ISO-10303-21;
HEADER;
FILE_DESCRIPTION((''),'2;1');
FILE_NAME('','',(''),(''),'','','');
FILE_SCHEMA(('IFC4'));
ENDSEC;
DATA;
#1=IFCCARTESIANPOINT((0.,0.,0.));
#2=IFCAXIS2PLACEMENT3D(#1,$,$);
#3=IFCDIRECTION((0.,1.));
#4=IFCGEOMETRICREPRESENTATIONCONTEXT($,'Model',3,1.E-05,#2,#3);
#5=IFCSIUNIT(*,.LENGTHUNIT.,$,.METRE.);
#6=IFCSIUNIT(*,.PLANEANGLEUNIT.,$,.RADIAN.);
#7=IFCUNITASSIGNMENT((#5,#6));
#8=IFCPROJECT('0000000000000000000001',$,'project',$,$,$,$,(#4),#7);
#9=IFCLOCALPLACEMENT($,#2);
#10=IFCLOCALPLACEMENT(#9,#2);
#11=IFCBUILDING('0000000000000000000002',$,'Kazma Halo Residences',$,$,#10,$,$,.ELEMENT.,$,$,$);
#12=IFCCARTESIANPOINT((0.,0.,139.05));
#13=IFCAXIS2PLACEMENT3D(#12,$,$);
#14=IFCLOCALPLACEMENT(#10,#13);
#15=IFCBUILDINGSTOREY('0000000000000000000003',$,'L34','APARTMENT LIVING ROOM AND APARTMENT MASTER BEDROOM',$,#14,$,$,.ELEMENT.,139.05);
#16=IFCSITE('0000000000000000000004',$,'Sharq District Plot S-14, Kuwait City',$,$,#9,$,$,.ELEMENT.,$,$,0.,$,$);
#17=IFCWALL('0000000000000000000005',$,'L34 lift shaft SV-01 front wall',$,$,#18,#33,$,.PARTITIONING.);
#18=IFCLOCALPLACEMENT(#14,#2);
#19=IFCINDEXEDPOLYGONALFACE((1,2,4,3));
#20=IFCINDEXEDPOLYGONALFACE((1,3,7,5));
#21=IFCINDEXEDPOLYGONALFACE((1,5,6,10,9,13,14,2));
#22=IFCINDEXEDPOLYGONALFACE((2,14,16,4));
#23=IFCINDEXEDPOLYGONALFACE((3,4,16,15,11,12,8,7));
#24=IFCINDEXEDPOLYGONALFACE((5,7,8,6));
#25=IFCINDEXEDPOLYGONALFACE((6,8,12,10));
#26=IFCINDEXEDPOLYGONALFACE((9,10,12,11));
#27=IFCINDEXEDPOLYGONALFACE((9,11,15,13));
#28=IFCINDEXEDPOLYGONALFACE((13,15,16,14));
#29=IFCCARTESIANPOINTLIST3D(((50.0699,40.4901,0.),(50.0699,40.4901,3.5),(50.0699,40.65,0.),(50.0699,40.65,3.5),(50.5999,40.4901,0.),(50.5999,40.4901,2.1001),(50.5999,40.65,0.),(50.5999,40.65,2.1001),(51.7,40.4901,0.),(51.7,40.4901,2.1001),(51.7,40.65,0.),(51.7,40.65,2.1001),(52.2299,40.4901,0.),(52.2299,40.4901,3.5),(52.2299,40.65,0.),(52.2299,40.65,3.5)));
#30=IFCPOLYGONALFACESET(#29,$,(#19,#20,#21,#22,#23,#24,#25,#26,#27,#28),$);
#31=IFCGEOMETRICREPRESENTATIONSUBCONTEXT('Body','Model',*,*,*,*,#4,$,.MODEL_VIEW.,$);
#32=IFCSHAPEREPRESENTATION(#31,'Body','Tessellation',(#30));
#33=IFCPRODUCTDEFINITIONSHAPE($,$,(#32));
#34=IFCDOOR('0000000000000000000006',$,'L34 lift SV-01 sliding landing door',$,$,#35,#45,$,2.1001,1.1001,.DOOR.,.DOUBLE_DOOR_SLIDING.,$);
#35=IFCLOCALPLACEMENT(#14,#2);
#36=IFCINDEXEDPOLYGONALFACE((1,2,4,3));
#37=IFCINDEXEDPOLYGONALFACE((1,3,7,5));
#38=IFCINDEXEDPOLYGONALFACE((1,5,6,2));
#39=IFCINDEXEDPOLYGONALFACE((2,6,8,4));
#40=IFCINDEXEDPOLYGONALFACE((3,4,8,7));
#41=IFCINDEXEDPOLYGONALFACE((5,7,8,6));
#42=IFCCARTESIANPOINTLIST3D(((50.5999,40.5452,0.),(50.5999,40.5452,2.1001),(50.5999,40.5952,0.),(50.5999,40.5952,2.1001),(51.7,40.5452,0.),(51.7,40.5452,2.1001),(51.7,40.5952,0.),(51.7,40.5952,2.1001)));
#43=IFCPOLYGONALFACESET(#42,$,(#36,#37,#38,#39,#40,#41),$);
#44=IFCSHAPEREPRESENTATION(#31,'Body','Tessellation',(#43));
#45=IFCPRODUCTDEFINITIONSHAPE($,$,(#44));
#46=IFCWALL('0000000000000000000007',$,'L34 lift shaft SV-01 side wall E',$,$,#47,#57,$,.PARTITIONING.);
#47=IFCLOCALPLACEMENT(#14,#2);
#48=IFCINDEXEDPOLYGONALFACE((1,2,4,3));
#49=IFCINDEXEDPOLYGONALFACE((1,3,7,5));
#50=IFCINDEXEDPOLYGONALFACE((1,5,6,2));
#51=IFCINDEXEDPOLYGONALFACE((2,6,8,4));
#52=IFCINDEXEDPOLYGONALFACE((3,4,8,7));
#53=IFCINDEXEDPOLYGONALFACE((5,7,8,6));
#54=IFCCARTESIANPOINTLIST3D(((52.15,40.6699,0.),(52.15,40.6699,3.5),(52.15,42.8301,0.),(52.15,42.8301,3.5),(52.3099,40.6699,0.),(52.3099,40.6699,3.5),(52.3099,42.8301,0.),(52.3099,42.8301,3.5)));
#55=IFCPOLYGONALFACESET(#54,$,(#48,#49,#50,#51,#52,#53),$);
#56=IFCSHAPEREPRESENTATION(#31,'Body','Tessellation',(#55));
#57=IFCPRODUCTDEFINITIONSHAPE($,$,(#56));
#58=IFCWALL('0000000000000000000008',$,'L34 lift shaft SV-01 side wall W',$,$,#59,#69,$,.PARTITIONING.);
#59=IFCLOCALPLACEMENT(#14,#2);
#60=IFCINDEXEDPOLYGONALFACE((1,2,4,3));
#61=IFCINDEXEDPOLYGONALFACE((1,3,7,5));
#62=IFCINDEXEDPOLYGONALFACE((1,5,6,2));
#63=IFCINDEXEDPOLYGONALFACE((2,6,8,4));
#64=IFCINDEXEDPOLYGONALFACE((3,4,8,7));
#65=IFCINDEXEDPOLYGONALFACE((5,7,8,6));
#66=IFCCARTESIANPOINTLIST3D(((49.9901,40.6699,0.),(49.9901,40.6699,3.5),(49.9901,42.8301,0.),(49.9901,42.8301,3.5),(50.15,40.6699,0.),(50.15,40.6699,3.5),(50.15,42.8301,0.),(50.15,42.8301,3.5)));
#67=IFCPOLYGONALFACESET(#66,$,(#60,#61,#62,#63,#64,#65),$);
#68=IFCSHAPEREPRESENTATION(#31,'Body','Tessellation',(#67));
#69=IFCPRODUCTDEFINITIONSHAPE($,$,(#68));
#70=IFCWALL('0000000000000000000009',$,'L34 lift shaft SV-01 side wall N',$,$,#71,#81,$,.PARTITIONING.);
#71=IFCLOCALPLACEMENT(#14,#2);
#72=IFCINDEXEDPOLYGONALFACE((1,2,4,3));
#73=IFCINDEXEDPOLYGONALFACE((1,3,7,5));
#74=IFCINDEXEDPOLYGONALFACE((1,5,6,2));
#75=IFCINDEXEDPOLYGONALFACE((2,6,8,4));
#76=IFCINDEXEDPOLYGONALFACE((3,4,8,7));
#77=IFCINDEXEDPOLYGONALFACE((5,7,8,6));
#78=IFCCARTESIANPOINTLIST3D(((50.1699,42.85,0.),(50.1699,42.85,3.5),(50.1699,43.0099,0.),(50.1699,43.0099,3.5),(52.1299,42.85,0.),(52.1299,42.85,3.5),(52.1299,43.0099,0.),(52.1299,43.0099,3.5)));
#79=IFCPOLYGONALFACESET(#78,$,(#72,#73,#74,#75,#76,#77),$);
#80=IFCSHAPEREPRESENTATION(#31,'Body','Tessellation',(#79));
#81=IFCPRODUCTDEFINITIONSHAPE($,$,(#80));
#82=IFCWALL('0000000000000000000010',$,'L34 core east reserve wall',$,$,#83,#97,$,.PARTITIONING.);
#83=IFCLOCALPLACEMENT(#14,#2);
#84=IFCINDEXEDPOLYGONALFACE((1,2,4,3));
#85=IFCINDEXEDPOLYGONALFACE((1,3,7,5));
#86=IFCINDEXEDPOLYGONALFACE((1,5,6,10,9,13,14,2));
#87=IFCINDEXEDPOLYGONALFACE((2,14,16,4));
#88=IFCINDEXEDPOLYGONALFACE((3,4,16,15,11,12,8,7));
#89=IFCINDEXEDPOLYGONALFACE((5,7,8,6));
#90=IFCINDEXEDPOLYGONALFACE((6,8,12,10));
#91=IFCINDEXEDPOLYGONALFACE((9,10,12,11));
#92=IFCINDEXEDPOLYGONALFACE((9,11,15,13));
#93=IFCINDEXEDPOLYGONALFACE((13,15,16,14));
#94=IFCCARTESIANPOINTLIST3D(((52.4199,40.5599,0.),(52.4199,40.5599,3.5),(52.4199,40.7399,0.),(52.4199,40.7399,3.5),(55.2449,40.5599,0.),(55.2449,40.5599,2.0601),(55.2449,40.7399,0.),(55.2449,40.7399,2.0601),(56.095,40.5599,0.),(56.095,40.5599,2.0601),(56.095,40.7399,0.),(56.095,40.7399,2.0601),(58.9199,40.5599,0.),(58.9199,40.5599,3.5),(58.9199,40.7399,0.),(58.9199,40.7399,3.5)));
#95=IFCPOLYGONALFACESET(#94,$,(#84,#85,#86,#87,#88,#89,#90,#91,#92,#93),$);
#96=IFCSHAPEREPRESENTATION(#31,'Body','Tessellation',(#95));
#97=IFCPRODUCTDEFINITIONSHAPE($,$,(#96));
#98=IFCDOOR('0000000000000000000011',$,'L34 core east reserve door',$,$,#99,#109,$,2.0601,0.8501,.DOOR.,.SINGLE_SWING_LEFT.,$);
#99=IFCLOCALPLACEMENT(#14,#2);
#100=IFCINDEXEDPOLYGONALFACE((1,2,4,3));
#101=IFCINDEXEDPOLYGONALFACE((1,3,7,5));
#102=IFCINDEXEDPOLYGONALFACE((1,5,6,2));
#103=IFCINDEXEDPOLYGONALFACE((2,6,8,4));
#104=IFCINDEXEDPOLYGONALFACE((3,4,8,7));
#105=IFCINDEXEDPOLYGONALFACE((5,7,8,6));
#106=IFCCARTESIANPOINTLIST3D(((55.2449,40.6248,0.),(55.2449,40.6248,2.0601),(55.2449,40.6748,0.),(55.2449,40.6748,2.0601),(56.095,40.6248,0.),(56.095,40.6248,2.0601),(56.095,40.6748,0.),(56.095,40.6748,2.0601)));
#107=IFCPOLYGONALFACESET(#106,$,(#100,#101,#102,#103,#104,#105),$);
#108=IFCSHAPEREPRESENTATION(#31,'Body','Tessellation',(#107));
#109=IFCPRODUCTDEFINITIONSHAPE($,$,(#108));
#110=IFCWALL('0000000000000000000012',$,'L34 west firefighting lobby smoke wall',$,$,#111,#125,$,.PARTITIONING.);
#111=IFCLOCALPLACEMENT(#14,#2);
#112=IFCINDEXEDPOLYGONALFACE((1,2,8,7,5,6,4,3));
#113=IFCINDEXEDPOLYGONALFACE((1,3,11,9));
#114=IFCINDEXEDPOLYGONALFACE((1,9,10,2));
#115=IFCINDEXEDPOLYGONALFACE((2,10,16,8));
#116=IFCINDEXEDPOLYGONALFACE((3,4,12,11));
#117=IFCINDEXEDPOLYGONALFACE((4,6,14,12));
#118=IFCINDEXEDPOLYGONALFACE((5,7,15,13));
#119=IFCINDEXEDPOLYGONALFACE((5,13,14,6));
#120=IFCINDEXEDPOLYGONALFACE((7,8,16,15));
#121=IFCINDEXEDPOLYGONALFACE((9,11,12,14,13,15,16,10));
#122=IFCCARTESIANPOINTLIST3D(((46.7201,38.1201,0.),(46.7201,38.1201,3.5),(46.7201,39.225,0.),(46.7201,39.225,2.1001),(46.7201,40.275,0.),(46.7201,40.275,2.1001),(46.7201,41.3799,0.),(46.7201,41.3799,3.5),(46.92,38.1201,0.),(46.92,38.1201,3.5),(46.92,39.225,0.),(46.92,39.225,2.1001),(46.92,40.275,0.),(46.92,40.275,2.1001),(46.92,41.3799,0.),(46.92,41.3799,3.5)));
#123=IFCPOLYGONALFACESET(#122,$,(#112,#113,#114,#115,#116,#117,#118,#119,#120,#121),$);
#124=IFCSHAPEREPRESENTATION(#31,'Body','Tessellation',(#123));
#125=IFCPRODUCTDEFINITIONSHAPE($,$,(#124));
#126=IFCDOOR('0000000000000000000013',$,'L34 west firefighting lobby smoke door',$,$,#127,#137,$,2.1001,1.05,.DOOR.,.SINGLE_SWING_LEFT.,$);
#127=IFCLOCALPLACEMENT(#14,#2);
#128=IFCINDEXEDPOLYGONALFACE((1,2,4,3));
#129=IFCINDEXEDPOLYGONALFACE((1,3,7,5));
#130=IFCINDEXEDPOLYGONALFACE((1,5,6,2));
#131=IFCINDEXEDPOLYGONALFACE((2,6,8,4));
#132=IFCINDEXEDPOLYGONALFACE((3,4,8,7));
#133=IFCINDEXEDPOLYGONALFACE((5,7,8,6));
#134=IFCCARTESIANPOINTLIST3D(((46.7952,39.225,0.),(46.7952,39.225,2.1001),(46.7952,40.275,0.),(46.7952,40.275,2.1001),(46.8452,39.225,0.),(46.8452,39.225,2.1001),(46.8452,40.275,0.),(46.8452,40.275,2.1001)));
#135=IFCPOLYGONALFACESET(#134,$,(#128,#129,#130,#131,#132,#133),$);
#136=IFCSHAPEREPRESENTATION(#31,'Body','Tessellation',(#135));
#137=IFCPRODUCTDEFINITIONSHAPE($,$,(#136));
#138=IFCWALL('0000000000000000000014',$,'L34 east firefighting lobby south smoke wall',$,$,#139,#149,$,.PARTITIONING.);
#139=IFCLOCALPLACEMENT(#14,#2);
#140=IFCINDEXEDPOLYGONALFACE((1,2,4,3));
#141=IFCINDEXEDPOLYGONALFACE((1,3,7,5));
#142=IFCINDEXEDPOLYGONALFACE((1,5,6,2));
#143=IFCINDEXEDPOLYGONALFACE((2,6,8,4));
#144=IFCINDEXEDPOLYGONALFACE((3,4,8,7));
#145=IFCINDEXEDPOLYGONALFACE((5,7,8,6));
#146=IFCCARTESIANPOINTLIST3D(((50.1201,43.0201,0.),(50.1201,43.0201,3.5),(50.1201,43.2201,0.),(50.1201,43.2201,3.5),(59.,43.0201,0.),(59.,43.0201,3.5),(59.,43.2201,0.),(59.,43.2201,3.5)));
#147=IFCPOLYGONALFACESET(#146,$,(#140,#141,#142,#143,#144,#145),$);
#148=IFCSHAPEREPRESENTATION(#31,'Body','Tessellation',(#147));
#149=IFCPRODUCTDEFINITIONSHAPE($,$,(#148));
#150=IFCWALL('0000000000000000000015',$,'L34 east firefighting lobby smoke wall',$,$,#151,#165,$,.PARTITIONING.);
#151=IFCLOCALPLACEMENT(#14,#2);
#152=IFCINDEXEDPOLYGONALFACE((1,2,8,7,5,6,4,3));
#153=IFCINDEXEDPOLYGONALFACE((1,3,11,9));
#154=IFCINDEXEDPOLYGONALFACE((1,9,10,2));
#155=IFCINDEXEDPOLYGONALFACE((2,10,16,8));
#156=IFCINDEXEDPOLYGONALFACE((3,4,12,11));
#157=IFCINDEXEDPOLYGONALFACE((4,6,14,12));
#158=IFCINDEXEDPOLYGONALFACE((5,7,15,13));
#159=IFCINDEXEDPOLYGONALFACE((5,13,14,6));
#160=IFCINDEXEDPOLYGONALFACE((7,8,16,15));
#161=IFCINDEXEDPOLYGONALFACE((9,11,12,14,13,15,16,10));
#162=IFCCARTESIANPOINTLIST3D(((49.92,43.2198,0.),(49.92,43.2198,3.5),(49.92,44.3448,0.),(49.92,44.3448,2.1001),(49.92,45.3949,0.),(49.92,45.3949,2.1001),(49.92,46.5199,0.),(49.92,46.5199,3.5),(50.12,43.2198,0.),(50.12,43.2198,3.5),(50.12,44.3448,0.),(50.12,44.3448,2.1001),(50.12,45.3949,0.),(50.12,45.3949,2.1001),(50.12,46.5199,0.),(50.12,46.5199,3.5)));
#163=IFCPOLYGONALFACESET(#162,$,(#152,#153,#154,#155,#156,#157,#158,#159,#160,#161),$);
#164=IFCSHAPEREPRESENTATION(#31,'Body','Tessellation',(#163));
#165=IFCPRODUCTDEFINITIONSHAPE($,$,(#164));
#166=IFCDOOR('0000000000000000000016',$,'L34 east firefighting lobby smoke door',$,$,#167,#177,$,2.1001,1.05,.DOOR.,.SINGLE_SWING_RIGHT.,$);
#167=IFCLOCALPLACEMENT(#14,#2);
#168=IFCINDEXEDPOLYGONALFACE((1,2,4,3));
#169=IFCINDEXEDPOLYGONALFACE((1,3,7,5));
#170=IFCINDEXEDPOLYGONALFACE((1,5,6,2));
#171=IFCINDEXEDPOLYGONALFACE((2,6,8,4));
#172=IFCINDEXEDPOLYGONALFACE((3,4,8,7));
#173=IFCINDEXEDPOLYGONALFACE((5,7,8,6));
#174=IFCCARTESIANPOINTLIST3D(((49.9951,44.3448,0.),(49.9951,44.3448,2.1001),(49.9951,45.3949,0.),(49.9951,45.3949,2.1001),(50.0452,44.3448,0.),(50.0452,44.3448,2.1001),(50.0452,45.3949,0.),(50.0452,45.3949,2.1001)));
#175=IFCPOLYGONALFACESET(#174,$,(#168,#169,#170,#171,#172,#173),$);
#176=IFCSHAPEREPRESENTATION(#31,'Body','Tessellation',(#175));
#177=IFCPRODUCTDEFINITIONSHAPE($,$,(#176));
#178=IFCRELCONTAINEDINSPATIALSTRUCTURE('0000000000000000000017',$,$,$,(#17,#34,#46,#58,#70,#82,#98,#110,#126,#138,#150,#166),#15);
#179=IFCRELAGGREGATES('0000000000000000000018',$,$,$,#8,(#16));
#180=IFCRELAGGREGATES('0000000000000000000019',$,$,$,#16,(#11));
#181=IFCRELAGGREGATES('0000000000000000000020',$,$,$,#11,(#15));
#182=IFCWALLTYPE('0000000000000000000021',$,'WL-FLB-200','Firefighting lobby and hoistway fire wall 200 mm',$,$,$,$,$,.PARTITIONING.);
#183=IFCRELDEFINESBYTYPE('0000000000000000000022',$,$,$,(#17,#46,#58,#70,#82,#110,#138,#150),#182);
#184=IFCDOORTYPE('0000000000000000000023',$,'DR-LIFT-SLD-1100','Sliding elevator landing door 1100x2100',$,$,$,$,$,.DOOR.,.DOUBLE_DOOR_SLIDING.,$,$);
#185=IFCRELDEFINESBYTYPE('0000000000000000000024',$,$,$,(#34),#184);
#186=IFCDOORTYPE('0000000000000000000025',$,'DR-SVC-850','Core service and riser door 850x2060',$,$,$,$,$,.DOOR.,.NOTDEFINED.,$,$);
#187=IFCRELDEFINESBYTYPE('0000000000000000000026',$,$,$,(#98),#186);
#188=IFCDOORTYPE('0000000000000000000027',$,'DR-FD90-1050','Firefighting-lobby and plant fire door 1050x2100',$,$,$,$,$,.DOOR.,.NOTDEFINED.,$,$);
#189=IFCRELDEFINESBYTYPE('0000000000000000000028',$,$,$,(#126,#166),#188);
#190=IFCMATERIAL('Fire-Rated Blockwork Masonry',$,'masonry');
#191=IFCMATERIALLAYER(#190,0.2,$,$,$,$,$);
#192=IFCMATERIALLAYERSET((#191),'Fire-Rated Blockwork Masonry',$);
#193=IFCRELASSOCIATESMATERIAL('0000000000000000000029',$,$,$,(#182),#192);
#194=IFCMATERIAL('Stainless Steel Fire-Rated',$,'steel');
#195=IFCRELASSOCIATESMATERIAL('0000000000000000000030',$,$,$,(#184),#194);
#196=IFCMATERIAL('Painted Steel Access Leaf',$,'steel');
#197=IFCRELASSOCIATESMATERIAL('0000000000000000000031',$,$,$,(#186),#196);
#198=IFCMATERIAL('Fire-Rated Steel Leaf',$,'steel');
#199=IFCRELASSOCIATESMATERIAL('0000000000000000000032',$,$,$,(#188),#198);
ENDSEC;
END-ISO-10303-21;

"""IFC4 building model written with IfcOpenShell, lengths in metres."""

from ifc_helpers import new_model, si_unit, direction, frame, frame_2d, origin, place, context, subcontext, project, spatial, rectangle, extrude, material, layer, layer_set, type_object, element, fill, save


model = new_model("IFC4")

# Units and contexts
model_context = context("Model", 3, precision=1e-05, world=origin(), true_north=direction((0.0, 1.0)))
body_context = subcontext(model_context, "Body", "Model", "MODEL_VIEW")
ifc_project = project(units=[si_unit("LENGTHUNIT", "METRE"), si_unit("PLANEANGLEUNIT", "RADIAN")], contexts=[model_context])

# Site, building, storey
site_placement = place(None, origin())
site = spatial("IfcSite", under=ifc_project, at=site_placement, Name="Sharq District Plot S-14, Kuwait City", CompositionType="ELEMENT", RefElevation=0.0)
building_placement = place(site_placement, origin())
building = spatial("IfcBuilding", under=site, at=building_placement, Name="Kazma Halo Residences", CompositionType="ELEMENT")
storey_placement = place(building_placement, frame((0.0, 0.0, 139.05)))
storey = spatial("IfcBuildingStorey", under=building, at=storey_placement, Name="L34", Description="APARTMENT LIVING ROOM AND APARTMENT MASTER BEDROOM", CompositionType="ELEMENT", Elevation=139.05)

# Shared definitions
ifc_material_1 = material(Name="Fire-Rated Blockwork Masonry", Category="masonry")
ifc_layer_1 = layer(ifc_material_1, 0.2)
ifc_layer_set_1 = layer_set([ifc_layer_1], Name="Fire-Rated Blockwork Masonry")
wall_type_1 = type_object("IfcWallType", Name="WL-FLB-200", Description="Firefighting lobby and hoistway fire wall 200 mm", PredefinedType="PARTITIONING", material=ifc_layer_set_1)

# Wall, opening, door
wall_1_placement = place(storey_placement, frame((52.23, 40.5701, 0.0), z_axis=(0.0, 0.0, 1.0), x_axis=(-1.0, 0.0, 0.0)))
wall_1 = element("IfcWall", 1, at=wall_1_placement, inside=storey, type_object=wall_type_1, Name="L34 lift shaft SV-01 front wall", PredefinedType="PARTITIONING", context=body_context, shape_type="SweptSolid", body=[
    extrude(rectangle(XDim=2.1599, YDim=0.1599, at=frame_2d((1.0801, 0.0))), origin(), (0.0, 0.0, 1.0), 3.5),
])
opening_1_placement = place(wall_1_placement, frame((0.53, 0.0, 0.0)))
opening_1 = element("IfcOpeningElement", 2, at=opening_1_placement, cuts=wall_1, PredefinedType="OPENING", context=body_context, shape_type="SweptSolid", body=[
    extrude(rectangle(XDim=1.1001, YDim=2.1001, at=frame_2d((0.55, 1.05))), frame((0.0, 0.0898, 0.0), z_axis=(0.0, -1.0, 0.0), x_axis=(1.0, 0.0, 0.0)), (0.0, 0.0, 1.0), 0.1799),
])
ifc_material_2 = material(Name="Stainless Steel Fire-Rated", Category="steel")
door_type_1 = type_object("IfcDoorType", Name="DR-LIFT-SLD-1100", Description="Sliding elevator landing door 1100x2100", OperationType="DOUBLE_DOOR_SLIDING", PredefinedType="DOOR", material=ifc_material_2)
door_1_placement = place(opening_1_placement, origin())
door_1 = element("IfcDoor", 3, at=door_1_placement, inside=storey, type_object=door_type_1, Name="L34 lift SV-01 sliding landing door", OperationType="DOUBLE_DOOR_SLIDING", OverallHeight=2.1001, OverallWidth=1.1001, PredefinedType="DOOR", context=body_context, shape_type="SweptSolid", body=[
    extrude(rectangle(XDim=1.1001, YDim=2.1001, at=frame_2d((0.55, 1.05))), frame((0.0, 0.0249, 0.0), z_axis=(0.0, -1.0, 0.0), x_axis=(1.0, 0.0, 0.0)), (0.0, 0.0, 1.0), 0.05),
])
fill(opening_1, door_1)

# Walls
for number, where, z_axis, x_axis, name in (
    (4, (52.23, 40.6699, 0.0), (0.0, 0.0, 1.0), (0.0, 1.0, 0.0), "L34 lift shaft SV-01 side wall E"),
    (5, (50.0701, 40.6699, 0.0), (0.0, 0.0, 1.0), (0.0, 1.0, 0.0), "L34 lift shaft SV-01 side wall W"),
):
    element("IfcWall", number, at=place(storey_placement, frame(where, z_axis=z_axis, x_axis=x_axis)), inside=storey, type_object=wall_type_1, Name=name, PredefinedType="PARTITIONING", context=body_context, shape_type="SweptSolid", body=[
        extrude(rectangle(XDim=2.1602, YDim=0.1599, at=frame_2d((1.0801, 0.0))), origin(), (0.0, 0.0, 1.0), 3.5),
    ])
wall_2_placement = place(storey_placement, frame((50.1699, 42.9299, 0.0), z_axis=(0.0, 0.0, 1.0), x_axis=(1.0, 0.0, 0.0)))
element("IfcWall", 6, at=wall_2_placement, inside=storey, type_object=wall_type_1, Name="L34 lift shaft SV-01 side wall N", PredefinedType="PARTITIONING", context=body_context, shape_type="SweptSolid", body=[
    extrude(rectangle(XDim=1.96, YDim=0.1599, at=frame_2d((0.98, 0.0))), origin(), (0.0, 0.0, 1.0), 3.5),
])

# Walls, openings, doors
wall_3_placement = place(storey_placement, frame((52.4199, 40.6499, 0.0), z_axis=(0.0, 0.0, 1.0), x_axis=(1.0, 0.0, 0.0)))
wall_3 = element("IfcWall", 7, at=wall_3_placement, inside=storey, type_object=wall_type_1, Name="L34 core east reserve wall", PredefinedType="PARTITIONING", context=body_context, shape_type="SweptSolid", body=[
    extrude(rectangle(XDim=6.5, YDim=0.1799, at=frame_2d((3.25, 0.0))), origin(), (0.0, 0.0, 1.0), 3.5),
])
opening_2_placement = place(wall_3_placement, frame((2.825, 0.0, 0.0)))
opening_2 = element("IfcOpeningElement", 8, at=opening_2_placement, cuts=wall_3, PredefinedType="OPENING", context=body_context, shape_type="SweptSolid", body=[
    extrude(rectangle(XDim=0.8501, YDim=2.0601, at=frame_2d((0.425, 1.03))), frame((0.0, 0.0999, 0.0), z_axis=(0.0, -1.0, 0.0), x_axis=(1.0, 0.0, 0.0)), (0.0, 0.0, 1.0), 0.2),
])
ifc_material_3 = material(Name="Painted Steel Access Leaf", Category="steel")
door_type_2 = type_object("IfcDoorType", Name="DR-SVC-850", Description="Core service and riser door 850x2060", OperationType="NOTDEFINED", PredefinedType="DOOR", material=ifc_material_3)
door_2_placement = place(opening_2_placement, origin())
door_2 = element("IfcDoor", 9, at=door_2_placement, inside=storey, type_object=door_type_2, Name="L34 core east reserve door", OperationType="SINGLE_SWING_LEFT", OverallHeight=2.0601, OverallWidth=0.8501, PredefinedType="DOOR", context=body_context, shape_type="SweptSolid", body=[
    extrude(rectangle(XDim=0.8501, YDim=2.0601, at=frame_2d((0.425, 1.03))), frame((0.0, 0.0249, 0.0), z_axis=(0.0, -1.0, 0.0), x_axis=(1.0, 0.0, 0.0)), (0.0, 0.0, 1.0), 0.05),
])
fill(opening_2, door_2)
wall_4_placement = place(storey_placement, frame((46.8201, 38.1201, 0.0), z_axis=(0.0, 0.0, 1.0), x_axis=(0.0, 1.0, 0.0)))
wall_4 = element("IfcWall", 10, at=wall_4_placement, inside=storey, type_object=wall_type_1, Name="L34 west firefighting lobby smoke wall", PredefinedType="PARTITIONING", context=body_context, shape_type="SweptSolid", body=[
    extrude(rectangle(XDim=3.2598, YDim=0.2, at=frame_2d((1.6299, 0.0))), origin(), (0.0, 0.0, 1.0), 3.5),
])
opening_3_placement = place(wall_4_placement, frame((1.105, 0.0, 0.0)))
opening_3 = element("IfcOpeningElement", 11, at=opening_3_placement, cuts=wall_4, PredefinedType="OPENING", context=body_context, shape_type="SweptSolid", body=[
    extrude(rectangle(XDim=1.05, YDim=2.1001, at=frame_2d((0.5249, 1.05))), frame((0.0, 0.1099, 0.0), z_axis=(0.0, -1.0, 0.0), x_axis=(1.0, 0.0, 0.0)), (0.0, 0.0, 1.0), 0.22),
])
ifc_material_4 = material(Name="Fire-Rated Steel Leaf", Category="steel")
door_type_3 = type_object("IfcDoorType", Name="DR-FD90-1050", Description="Firefighting-lobby and plant fire door 1050x2100", OperationType="NOTDEFINED", PredefinedType="DOOR", material=ifc_material_4)
door_3_placement = place(opening_3_placement, origin())
door_3 = element("IfcDoor", 12, at=door_3_placement, inside=storey, type_object=door_type_3, Name="L34 west firefighting lobby smoke door", OperationType="SINGLE_SWING_LEFT", OverallHeight=2.1001, OverallWidth=1.05, PredefinedType="DOOR", context=body_context, shape_type="SweptSolid", body=[
    extrude(rectangle(XDim=1.05, YDim=2.1001, at=frame_2d((0.5249, 1.05))), frame((0.0, 0.0249, 0.0), z_axis=(0.0, -1.0, 0.0), x_axis=(1.0, 0.0, 0.0)), (0.0, 0.0, 1.0), 0.05),
])
fill(opening_3, door_3)

# Wall
wall_5_placement = place(storey_placement, frame((50.1201, 43.1201, 0.0), z_axis=(0.0, 0.0, 1.0), x_axis=(1.0, 0.0, 0.0)))
element("IfcWall", 13, at=wall_5_placement, inside=storey, type_object=wall_type_1, Name="L34 east firefighting lobby south smoke wall", PredefinedType="PARTITIONING", context=body_context, shape_type="SweptSolid", body=[
    extrude(rectangle(XDim=8.8799, YDim=0.2, at=frame_2d((4.4399, 0.0))), origin(), (0.0, 0.0, 1.0), 3.5),
])

# Wall, opening, door
wall_6_placement = place(storey_placement, frame((50.02, 43.22, 0.0), z_axis=(0.0, 0.0, 1.0), x_axis=(0.0, 1.0, 0.0)))
wall_6 = element("IfcWall", 14, at=wall_6_placement, inside=storey, type_object=wall_type_1, Name="L34 east firefighting lobby smoke wall", PredefinedType="PARTITIONING", context=body_context, shape_type="SweptSolid", body=[
    extrude(rectangle(XDim=3.3, YDim=0.2, at=frame_2d((1.6499, 0.0))), origin(), (0.0, 0.0, 1.0), 3.5),
])
opening_4_placement = place(wall_6_placement, frame((1.125, 0.0, 0.0)))
opening_4 = element("IfcOpeningElement", 15, at=opening_4_placement, cuts=wall_6, PredefinedType="OPENING", context=body_context, shape_type="SweptSolid", body=[
    extrude(rectangle(XDim=1.05, YDim=2.1001, at=frame_2d((0.5249, 1.05))), frame((0.0, 0.1099, 0.0), z_axis=(0.0, -1.0, 0.0), x_axis=(1.0, 0.0, 0.0)), (0.0, 0.0, 1.0), 0.22),
])
door_4_placement = place(opening_4_placement, origin())
door_4 = element("IfcDoor", 16, at=door_4_placement, inside=storey, type_object=door_type_3, Name="L34 east firefighting lobby smoke door", OperationType="SINGLE_SWING_RIGHT", OverallHeight=2.1001, OverallWidth=1.05, PredefinedType="DOOR", context=body_context, shape_type="SweptSolid", body=[
    extrude(rectangle(XDim=1.05, YDim=2.1001, at=frame_2d((0.5249, 1.05))), frame((0.0, 0.0249, 0.0), z_axis=(0.0, -1.0, 0.0), x_axis=(1.0, 0.0, 0.0)), (0.0, 0.0, 1.0), 0.05),
])
fill(opening_4, door_4)

save(model, "model.ifc")
